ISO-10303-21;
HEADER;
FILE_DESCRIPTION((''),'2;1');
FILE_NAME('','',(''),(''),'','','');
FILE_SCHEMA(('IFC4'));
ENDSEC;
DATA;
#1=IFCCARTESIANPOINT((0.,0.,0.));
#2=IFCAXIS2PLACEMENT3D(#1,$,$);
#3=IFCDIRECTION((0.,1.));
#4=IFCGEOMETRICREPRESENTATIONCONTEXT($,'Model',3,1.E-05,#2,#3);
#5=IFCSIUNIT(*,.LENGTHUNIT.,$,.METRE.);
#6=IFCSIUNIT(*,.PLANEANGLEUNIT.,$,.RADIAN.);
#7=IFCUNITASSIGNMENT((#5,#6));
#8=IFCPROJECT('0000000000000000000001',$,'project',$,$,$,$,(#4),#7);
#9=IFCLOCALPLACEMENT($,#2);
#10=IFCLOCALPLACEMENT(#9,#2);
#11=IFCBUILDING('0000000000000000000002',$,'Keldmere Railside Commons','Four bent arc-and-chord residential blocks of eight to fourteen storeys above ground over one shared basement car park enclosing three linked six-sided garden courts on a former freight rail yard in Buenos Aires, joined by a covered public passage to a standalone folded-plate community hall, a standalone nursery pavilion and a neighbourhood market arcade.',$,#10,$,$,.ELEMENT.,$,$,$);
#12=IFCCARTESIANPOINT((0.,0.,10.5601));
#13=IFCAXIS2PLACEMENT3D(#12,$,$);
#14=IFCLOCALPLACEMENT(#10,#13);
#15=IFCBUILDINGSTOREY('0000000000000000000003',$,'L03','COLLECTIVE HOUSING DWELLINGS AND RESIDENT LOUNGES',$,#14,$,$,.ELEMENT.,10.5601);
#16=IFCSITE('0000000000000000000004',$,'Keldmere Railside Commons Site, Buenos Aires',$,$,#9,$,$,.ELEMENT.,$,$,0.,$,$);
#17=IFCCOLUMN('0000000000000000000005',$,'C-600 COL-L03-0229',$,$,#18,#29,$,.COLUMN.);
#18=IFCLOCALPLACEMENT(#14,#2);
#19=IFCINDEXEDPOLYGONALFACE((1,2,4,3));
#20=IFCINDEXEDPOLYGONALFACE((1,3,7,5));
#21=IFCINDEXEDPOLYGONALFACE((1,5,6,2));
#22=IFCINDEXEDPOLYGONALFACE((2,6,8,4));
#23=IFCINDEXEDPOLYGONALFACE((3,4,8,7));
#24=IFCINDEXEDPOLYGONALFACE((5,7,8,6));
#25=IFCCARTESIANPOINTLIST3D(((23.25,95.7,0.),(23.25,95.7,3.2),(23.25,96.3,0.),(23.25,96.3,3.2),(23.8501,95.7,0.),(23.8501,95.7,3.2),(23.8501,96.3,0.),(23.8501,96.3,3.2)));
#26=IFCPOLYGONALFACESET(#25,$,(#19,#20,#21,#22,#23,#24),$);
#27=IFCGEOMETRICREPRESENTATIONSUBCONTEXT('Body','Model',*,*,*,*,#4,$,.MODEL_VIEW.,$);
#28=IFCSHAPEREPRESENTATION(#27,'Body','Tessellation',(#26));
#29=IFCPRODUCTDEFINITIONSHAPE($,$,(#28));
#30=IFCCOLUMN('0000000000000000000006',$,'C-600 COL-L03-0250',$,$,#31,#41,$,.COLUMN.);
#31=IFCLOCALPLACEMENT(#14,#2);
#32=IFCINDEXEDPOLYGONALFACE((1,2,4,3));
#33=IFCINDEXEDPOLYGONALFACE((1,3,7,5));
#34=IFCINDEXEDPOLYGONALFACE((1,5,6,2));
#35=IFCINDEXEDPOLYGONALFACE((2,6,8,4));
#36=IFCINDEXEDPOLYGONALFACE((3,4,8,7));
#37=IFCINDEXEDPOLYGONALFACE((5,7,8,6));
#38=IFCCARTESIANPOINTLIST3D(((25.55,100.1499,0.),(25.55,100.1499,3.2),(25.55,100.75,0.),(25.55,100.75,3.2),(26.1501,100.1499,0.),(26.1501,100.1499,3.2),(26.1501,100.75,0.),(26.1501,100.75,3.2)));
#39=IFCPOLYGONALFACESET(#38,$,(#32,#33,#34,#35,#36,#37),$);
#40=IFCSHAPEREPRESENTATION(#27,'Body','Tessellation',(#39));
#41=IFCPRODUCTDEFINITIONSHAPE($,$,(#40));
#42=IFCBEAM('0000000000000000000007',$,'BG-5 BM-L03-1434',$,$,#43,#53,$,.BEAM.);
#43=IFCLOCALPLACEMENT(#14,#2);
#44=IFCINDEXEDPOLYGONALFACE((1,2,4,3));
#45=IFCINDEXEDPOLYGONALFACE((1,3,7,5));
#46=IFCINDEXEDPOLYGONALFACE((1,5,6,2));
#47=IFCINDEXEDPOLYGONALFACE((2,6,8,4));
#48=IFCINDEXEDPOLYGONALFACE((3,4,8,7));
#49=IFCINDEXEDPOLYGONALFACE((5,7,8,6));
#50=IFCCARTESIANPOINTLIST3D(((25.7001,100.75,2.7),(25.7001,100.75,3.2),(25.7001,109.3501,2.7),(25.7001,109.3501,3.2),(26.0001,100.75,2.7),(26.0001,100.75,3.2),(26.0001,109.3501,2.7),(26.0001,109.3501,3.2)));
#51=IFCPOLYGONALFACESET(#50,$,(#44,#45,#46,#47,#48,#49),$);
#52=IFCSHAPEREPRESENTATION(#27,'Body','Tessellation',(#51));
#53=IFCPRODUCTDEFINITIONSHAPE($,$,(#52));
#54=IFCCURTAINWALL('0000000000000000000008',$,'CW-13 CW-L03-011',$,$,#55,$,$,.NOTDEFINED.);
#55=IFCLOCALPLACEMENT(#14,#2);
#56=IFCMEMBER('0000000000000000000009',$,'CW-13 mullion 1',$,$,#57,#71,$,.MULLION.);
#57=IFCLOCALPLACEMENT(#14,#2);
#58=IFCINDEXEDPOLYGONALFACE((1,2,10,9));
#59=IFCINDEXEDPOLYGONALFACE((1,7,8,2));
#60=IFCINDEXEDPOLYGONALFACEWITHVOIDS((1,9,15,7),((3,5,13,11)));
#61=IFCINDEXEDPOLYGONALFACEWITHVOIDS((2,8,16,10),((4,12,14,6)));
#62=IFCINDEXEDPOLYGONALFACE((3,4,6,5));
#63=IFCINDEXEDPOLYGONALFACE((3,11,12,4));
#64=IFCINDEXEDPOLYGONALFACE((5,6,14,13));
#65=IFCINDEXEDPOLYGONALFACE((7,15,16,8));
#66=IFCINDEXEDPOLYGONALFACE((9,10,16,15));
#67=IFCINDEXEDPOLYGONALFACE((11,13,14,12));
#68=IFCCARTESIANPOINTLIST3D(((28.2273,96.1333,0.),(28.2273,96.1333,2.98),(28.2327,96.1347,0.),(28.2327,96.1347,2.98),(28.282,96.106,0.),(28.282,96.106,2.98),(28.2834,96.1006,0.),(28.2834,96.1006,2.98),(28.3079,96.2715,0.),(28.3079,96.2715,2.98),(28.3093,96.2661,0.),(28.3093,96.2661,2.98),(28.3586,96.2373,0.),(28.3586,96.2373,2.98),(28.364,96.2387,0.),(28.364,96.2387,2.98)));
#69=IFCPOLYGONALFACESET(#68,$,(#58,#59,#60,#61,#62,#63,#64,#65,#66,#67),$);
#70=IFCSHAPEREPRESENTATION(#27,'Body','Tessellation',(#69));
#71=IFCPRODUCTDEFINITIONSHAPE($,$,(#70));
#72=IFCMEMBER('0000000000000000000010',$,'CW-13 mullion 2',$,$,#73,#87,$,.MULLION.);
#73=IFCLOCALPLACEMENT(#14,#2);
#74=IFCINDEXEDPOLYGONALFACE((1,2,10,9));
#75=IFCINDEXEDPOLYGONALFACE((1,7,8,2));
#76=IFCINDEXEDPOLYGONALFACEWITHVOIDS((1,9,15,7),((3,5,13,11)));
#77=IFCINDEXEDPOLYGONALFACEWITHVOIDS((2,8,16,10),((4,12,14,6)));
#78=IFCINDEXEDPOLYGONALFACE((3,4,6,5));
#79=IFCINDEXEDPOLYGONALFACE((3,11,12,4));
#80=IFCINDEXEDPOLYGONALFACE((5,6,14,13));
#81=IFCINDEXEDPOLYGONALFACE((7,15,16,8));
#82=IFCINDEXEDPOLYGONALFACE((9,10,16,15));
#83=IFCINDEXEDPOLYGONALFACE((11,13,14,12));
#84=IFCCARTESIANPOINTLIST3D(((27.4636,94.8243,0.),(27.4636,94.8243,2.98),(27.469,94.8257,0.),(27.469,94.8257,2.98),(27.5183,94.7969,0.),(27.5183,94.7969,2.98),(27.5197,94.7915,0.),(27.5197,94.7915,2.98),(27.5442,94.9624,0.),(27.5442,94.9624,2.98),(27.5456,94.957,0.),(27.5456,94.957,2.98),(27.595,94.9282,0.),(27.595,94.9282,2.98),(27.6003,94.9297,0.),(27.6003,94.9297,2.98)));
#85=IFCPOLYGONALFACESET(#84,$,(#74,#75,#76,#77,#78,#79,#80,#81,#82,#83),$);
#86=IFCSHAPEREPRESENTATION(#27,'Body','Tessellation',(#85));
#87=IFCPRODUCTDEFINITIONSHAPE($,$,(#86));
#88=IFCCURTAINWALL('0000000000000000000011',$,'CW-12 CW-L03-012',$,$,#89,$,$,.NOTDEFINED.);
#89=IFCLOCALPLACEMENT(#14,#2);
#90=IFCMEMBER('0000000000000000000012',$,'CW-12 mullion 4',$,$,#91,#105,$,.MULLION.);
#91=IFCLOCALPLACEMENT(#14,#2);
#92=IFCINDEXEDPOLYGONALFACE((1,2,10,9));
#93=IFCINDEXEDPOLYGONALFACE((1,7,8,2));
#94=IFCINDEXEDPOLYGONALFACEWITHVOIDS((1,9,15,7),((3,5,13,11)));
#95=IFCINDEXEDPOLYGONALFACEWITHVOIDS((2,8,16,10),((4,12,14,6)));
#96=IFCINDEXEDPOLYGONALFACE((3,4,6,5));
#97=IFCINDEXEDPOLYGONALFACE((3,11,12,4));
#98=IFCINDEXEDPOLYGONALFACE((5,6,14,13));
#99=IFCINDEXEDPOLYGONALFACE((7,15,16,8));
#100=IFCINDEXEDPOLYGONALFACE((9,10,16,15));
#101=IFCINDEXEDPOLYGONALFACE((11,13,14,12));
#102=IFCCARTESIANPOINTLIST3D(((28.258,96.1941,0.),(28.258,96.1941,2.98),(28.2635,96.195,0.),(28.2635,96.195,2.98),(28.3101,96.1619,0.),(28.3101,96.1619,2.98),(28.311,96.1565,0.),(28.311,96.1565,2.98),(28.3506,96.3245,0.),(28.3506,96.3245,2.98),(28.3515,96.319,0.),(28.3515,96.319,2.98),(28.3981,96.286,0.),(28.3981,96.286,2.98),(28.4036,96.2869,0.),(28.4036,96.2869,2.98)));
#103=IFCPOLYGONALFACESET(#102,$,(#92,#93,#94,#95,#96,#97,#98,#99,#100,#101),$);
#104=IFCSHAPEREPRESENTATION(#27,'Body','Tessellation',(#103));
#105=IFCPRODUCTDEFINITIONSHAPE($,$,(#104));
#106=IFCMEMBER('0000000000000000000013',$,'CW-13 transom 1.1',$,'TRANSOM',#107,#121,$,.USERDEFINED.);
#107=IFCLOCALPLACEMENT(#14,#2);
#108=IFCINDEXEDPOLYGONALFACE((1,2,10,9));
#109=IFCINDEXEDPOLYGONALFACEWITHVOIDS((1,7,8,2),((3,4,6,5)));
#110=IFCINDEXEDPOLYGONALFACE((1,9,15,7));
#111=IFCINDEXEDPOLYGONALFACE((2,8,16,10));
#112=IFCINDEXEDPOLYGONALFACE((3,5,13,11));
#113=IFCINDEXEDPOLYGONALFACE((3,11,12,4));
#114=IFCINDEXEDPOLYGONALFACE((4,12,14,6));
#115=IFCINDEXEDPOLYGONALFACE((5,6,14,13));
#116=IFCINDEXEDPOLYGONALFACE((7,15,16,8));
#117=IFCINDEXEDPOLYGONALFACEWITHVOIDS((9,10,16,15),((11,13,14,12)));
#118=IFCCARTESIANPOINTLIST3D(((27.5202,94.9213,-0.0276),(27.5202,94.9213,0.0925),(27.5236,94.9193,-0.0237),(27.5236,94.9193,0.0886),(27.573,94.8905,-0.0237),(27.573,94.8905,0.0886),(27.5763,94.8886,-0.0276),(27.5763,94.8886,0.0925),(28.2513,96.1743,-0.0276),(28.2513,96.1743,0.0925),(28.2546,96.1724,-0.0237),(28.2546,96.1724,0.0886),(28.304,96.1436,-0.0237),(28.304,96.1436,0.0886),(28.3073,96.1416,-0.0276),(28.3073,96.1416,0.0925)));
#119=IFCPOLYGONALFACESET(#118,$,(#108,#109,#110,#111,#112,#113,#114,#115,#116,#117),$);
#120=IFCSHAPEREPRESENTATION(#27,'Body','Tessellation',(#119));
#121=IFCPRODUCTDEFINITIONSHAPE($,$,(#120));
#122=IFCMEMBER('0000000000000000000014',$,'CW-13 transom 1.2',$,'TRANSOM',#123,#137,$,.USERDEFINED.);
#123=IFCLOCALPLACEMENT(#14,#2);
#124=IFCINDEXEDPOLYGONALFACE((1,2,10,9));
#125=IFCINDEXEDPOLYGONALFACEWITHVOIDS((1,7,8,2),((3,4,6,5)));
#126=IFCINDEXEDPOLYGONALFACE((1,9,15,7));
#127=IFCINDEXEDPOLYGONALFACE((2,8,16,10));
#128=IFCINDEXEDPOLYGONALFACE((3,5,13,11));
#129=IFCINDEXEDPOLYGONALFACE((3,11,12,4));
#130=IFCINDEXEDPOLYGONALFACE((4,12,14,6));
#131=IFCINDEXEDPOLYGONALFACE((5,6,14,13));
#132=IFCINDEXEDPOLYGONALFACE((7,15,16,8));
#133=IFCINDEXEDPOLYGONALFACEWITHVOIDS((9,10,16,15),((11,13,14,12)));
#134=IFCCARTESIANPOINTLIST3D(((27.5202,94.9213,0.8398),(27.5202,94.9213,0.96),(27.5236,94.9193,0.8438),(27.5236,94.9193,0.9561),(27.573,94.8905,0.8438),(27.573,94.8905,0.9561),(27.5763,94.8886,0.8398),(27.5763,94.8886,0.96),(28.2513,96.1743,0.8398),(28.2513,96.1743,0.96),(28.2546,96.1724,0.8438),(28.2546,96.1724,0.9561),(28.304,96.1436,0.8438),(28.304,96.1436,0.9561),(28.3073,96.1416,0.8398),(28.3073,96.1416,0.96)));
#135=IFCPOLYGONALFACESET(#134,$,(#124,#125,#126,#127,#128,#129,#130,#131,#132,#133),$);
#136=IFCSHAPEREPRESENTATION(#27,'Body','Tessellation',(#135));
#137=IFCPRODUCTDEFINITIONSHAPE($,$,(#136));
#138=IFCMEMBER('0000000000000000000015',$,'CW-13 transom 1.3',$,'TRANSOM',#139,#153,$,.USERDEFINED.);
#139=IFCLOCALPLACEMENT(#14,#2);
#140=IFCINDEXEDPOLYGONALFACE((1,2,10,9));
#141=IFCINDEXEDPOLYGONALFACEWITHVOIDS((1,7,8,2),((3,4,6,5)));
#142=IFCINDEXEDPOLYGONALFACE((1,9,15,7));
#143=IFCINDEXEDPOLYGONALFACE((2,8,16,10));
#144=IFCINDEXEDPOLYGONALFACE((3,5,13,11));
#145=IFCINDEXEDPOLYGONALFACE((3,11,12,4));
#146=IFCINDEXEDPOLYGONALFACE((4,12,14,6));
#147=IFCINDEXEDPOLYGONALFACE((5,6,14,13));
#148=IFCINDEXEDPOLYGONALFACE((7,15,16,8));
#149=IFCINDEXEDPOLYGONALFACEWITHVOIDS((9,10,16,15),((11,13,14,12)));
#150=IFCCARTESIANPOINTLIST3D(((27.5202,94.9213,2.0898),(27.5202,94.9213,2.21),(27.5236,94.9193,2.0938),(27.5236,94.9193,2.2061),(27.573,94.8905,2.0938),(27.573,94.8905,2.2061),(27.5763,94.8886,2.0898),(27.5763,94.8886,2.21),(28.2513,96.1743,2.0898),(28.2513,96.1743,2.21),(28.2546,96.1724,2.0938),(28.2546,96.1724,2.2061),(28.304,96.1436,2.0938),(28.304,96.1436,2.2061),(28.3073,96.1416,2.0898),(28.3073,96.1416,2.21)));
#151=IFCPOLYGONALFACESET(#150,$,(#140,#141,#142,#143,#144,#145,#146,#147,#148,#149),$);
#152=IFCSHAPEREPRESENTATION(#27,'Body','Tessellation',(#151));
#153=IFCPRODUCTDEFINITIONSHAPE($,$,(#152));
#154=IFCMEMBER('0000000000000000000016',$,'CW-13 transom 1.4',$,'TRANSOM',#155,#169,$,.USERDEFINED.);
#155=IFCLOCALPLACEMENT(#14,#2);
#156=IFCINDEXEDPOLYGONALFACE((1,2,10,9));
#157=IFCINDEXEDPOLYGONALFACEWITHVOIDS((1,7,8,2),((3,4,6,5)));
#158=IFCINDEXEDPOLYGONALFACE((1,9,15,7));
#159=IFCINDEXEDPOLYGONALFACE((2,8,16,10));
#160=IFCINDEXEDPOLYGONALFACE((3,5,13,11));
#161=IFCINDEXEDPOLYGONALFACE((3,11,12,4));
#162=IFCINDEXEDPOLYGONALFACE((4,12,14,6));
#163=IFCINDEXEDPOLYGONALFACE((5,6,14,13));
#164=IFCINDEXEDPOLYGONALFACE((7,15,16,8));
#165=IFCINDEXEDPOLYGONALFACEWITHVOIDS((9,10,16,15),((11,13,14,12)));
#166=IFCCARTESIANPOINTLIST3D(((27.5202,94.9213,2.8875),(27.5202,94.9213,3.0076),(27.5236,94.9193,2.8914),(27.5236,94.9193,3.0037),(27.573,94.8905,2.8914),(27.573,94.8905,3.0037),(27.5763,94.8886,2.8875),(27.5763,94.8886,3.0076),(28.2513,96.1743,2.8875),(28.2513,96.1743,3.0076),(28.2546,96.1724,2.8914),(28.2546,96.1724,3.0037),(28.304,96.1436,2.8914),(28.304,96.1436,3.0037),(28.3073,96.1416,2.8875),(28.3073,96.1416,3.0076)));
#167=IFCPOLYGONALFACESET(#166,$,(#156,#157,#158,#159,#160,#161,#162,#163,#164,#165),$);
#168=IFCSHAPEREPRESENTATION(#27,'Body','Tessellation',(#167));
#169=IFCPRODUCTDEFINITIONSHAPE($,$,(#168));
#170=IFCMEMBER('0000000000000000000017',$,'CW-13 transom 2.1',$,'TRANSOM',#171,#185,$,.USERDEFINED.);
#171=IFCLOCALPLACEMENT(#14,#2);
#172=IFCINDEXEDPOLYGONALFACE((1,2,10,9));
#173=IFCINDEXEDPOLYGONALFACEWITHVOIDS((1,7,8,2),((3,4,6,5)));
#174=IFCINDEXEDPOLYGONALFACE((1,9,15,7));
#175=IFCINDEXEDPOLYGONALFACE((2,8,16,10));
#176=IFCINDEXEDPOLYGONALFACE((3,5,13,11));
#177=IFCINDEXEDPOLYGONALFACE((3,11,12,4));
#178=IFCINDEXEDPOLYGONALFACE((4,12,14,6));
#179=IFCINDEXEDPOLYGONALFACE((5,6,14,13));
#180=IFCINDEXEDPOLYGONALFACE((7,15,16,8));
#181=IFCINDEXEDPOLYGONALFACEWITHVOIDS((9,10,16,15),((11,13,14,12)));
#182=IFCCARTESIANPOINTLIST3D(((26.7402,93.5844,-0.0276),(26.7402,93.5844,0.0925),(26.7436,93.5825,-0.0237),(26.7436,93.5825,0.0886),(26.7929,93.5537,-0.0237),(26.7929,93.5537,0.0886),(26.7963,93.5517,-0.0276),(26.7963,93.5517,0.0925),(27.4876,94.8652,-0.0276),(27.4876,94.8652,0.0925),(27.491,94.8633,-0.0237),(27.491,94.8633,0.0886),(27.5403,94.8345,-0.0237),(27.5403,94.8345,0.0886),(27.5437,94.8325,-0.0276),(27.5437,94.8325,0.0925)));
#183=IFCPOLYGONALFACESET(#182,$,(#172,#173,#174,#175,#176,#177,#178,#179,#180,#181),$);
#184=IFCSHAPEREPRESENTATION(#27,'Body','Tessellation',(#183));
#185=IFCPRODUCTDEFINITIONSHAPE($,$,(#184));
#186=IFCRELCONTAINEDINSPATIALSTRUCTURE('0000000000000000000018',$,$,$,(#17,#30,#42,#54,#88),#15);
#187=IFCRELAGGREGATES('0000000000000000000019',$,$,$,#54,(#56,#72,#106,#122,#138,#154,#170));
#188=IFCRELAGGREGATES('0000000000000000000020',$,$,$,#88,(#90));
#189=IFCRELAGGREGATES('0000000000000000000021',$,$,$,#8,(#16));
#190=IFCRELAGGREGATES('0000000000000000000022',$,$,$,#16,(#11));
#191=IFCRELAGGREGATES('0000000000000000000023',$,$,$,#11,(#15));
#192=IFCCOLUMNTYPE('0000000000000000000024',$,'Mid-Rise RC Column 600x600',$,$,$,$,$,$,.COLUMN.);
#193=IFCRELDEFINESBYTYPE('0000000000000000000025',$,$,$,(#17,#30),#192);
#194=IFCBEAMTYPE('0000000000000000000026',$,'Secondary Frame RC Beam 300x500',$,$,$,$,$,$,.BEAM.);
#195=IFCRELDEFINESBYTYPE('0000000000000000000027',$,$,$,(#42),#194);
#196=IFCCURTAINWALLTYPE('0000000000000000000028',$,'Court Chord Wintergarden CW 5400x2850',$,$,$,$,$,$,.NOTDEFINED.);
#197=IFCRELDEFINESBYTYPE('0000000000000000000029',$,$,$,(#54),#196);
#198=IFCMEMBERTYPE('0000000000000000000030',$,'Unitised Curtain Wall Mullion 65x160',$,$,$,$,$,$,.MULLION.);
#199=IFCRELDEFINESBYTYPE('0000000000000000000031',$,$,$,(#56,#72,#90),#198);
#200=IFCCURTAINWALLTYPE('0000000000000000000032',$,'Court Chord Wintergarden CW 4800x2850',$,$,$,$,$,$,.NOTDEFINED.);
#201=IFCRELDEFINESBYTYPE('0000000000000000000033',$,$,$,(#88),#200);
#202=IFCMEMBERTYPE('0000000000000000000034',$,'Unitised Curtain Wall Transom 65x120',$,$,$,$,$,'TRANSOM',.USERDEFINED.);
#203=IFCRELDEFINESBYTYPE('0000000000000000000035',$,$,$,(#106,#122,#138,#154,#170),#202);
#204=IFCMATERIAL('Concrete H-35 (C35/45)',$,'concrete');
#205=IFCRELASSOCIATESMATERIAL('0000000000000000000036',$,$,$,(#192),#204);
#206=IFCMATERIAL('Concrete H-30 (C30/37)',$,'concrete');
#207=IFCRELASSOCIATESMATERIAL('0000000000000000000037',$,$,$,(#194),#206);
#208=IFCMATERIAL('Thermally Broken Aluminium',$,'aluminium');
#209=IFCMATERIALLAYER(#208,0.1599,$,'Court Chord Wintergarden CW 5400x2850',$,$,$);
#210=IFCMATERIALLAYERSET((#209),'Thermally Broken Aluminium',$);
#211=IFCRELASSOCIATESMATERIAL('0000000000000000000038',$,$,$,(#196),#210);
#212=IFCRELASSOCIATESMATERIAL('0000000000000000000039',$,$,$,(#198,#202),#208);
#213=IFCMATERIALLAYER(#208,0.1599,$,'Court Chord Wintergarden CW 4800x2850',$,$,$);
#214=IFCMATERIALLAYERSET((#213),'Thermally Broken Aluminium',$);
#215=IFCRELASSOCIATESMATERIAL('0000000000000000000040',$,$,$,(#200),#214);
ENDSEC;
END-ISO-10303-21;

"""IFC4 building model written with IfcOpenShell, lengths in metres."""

from ifc_helpers import new_model, si_unit, direction, frame, origin, origin_2d, place, context, subcontext, project, spatial, rectangle, hollow_rectangle, extrude, material, layer, layer_set, material_profile, profile_set, type_object, element, aggregate, save


model = new_model("IFC4")

# Units and contexts
model_context = context("Model", 3, precision=1e-05, world=origin(), true_north=direction((0.0, 1.0)))
body_context = subcontext(model_context, "Body", "Model", "MODEL_VIEW")
ifc_project = project(units=[si_unit("LENGTHUNIT", "METRE"), si_unit("PLANEANGLEUNIT", "RADIAN")], contexts=[model_context])

# Site, building, storey
site_placement = place(None, origin())
site = spatial("IfcSite", under=ifc_project, at=site_placement, Name="Keldmere Railside Commons Site, Buenos Aires", CompositionType="ELEMENT", RefElevation=0.0)
building_placement = place(site_placement, origin())
building = spatial("IfcBuilding", under=site, at=building_placement, Name="Keldmere Railside Commons", Description="Four bent arc-and-chord residential blocks of eight to fourteen storeys above ground over one shared basement car park enclosing three linked six-sided garden courts on a former freight rail yard in Buenos Aires, joined by a covered public passage to a standalone folded-plate community hall, a standalone nursery pavilion and a neighbourhood market arcade.", CompositionType="ELEMENT")
storey_placement = place(building_placement, frame((0.0, 0.0, 10.5601)))
storey = spatial("IfcBuildingStorey", under=building, at=storey_placement, Name="L03", Description="COLLECTIVE HOUSING DWELLINGS AND RESIDENT LOUNGES", CompositionType="ELEMENT", Elevation=10.5601)

# Columns
ifc_material_1 = material(Name="Concrete H-35 (C35/45)", Category="concrete")
ifc_material_profile_1 = material_profile(ifc_material_1, rectangle(XDim=0.6001, YDim=0.6001, at=origin_2d()), Name="RC-600x600")
ifc_profile_set_1 = profile_set([ifc_material_profile_1], Name="Concrete H-35 (C35/45)")
column_type = type_object("IfcColumnType", Name="Mid-Rise RC Column 600x600", PredefinedType="COLUMN", material=ifc_profile_set_1)
for number, where, z_axis, x_axis, name in (
    (1, (23.55, 96.0, 0.0), (0.0, 0.0, 1.0), (1.0, 0.0, 0.0), "C-600 COL-L03-0229"),
    (2, (25.8501, 100.45, 0.0), (0.0, 0.0, 1.0), (1.0, 0.0, 0.0), "C-600 COL-L03-0250"),
):
    element("IfcColumn", number, at=place(storey_placement, frame(where, z_axis=z_axis, x_axis=x_axis)), inside=storey, type_object=column_type, Name=name, PredefinedType="COLUMN", context=body_context, shape_type="SweptSolid", body=[
        extrude(rectangle(XDim=0.6001, YDim=0.6001, at=origin_2d()), origin(), (0.0, 0.0, 1.0), 3.2),
    ])

# Beam
ifc_material_2 = material(Name="Concrete H-30 (C30/37)", Category="concrete")
ifc_material_profile_2 = material_profile(ifc_material_2, rectangle(XDim=0.3, YDim=0.5, at=origin_2d()), Name="RC-300x500")
ifc_profile_set_2 = profile_set([ifc_material_profile_2], Name="Concrete H-30 (C30/37)")
beam_type = type_object("IfcBeamType", Name="Secondary Frame RC Beam 300x500", PredefinedType="BEAM", material=ifc_profile_set_2)
beam_placement = place(storey_placement, frame((25.8501, 100.75, 2.95), z_axis=(0.0, 1.0, 0.0), x_axis=(-1.0, 0.0, 0.0)))
element("IfcBeam", 3, at=beam_placement, inside=storey, type_object=beam_type, Name="BG-5 BM-L03-1434", PredefinedType="BEAM", context=body_context, shape_type="SweptSolid", body=[
    extrude(rectangle(XDim=0.3, YDim=0.5, at=origin_2d()), origin(), (0.0, 0.0, 1.0), 8.6001),
])

# Curtain wall, members
ifc_material_3 = material(Name="Thermally Broken Aluminium", Category="aluminium")
ifc_layer_1 = layer(ifc_material_3, 0.1599, Name="Court Chord Wintergarden CW 5400x2850")
ifc_layer_set_1 = layer_set([ifc_layer_1], Name="Thermally Broken Aluminium")
curtain_wall_type_1 = type_object("IfcCurtainWallType", Name="Court Chord Wintergarden CW 5400x2850", PredefinedType="NOTDEFINED", material=ifc_layer_set_1)
curtain_wall_1_placement = place(storey_placement, origin())
curtain_wall_1 = element("IfcCurtainWall", 4, at=curtain_wall_1_placement, inside=storey, type_object=curtain_wall_type_1, Name="CW-13 CW-L03-011", PredefinedType="NOTDEFINED")
ifc_material_profile_3 = material_profile(ifc_material_3, hollow_rectangle(XDim=0.0649, YDim=0.1599, WallThickness=0.0039, at=origin_2d()), Name="ALU-MULL-65x160")
ifc_profile_set_3 = profile_set([ifc_material_profile_3], Name="Thermally Broken Aluminium")
member_type_1 = type_object("IfcMemberType", Name="Unitised Curtain Wall Mullion 65x160", PredefinedType="MULLION", material=ifc_profile_set_3)
member_1_placement = place(storey_placement, frame((28.2957, 96.186, 0.0), z_axis=(0.0, 0.0, 1.0), x_axis=(0.863755, -0.503911, 0.0)))
member_1 = element("IfcMember", 5, at=member_1_placement, type_object=member_type_1, Name="CW-13 mullion 1", PredefinedType="MULLION", context=body_context, shape_type="SweptSolid", body=[
    extrude(hollow_rectangle(XDim=0.0649, YDim=0.1599, WallThickness=0.0039, at=origin_2d()), origin(), (0.0, 0.0, 1.0), 2.98),
])
member_2_placement = place(storey_placement, frame((27.532, 94.877, 0.0), z_axis=(0.0, 0.0, 1.0), x_axis=(0.863755, -0.503911, 0.0)))
member_2 = element("IfcMember", 6, at=member_2_placement, type_object=member_type_1, Name="CW-13 mullion 2", PredefinedType="MULLION", context=body_context, shape_type="SweptSolid", body=[
    extrude(hollow_rectangle(XDim=0.0649, YDim=0.1599, WallThickness=0.0039, at=origin_2d()), origin(), (0.0, 0.0, 1.0), 2.98),
])

# Curtain wall, member
ifc_layer_2 = layer(ifc_material_3, 0.1599, Name="Court Chord Wintergarden CW 4800x2850")
ifc_layer_set_2 = layer_set([ifc_layer_2], Name="Thermally Broken Aluminium")
curtain_wall_type_2 = type_object("IfcCurtainWallType", Name="Court Chord Wintergarden CW 4800x2850", PredefinedType="NOTDEFINED", material=ifc_layer_set_2)
curtain_wall_2_placement = place(storey_placement, origin())
curtain_wall_2 = element("IfcCurtainWall", 7, at=curtain_wall_2_placement, inside=storey, type_object=curtain_wall_type_2, Name="CW-12 CW-L03-012", PredefinedType="NOTDEFINED")
member_3_placement = place(storey_placement, frame((28.3308, 96.2405, 0.0), z_axis=(0.0, 0.0, 1.0), x_axis=(0.815389, -0.578913, 0.0)))
member_3 = element("IfcMember", 8, at=member_3_placement, type_object=member_type_1, Name="CW-12 mullion 4", PredefinedType="MULLION", context=body_context, shape_type="SweptSolid", body=[
    extrude(hollow_rectangle(XDim=0.0649, YDim=0.1599, WallThickness=0.0039, at=origin_2d()), origin(), (0.0, 0.0, 1.0), 2.98),
])

# Members
ifc_material_profile_4 = material_profile(ifc_material_3, hollow_rectangle(XDim=0.0649, YDim=0.1201, WallThickness=0.0039, at=origin_2d()), Name="ALU-TRAN-65x120")
ifc_profile_set_4 = profile_set([ifc_material_profile_4], Name="Thermally Broken Aluminium")
member_type_2 = type_object("IfcMemberType", Name="Unitised Curtain Wall Transom 65x120", ElementType="TRANSOM", PredefinedType="USERDEFINED", material=ifc_profile_set_4)
member_4_placement = place(storey_placement, frame((28.2793, 96.158, 0.0325), z_axis=(-0.503913, -0.863754, 0.0), x_axis=(0.863754, -0.503913, 0.0)))
member_4 = element("IfcMember", 9, at=member_4_placement, type_object=member_type_2, Name="CW-13 transom 1.1", ObjectType="TRANSOM", PredefinedType="USERDEFINED", context=body_context, shape_type="SweptSolid", body=[
    extrude(hollow_rectangle(XDim=0.0649, YDim=0.1201, WallThickness=0.0039, at=origin_2d()), origin(), (0.0, 0.0, 1.0), 1.4507),
])
member_5_placement = place(storey_placement, frame((28.2793, 96.158, 0.8999), z_axis=(-0.503913, -0.863754, 0.0), x_axis=(0.863754, -0.503913, 0.0)))
member_5 = element("IfcMember", 10, at=member_5_placement, type_object=member_type_2, Name="CW-13 transom 1.2", ObjectType="TRANSOM", PredefinedType="USERDEFINED", context=body_context, shape_type="SweptSolid", body=[
    extrude(hollow_rectangle(XDim=0.0649, YDim=0.1201, WallThickness=0.0039, at=origin_2d()), origin(), (0.0, 0.0, 1.0), 1.4507),
])
member_6_placement = place(storey_placement, frame((28.2793, 96.158, 2.1499), z_axis=(-0.503913, -0.863754, 0.0), x_axis=(0.863754, -0.503913, 0.0)))
member_6 = element("IfcMember", 11, at=member_6_placement, type_object=member_type_2, Name="CW-13 transom 1.3", ObjectType="TRANSOM", PredefinedType="USERDEFINED", context=body_context, shape_type="SweptSolid", body=[
    extrude(hollow_rectangle(XDim=0.0649, YDim=0.1201, WallThickness=0.0039, at=origin_2d()), origin(), (0.0, 0.0, 1.0), 1.4507),
])
member_7_placement = place(storey_placement, frame((28.2793, 96.158, 2.9475), z_axis=(-0.503913, -0.863754, 0.0), x_axis=(0.863754, -0.503913, 0.0)))
member_7 = element("IfcMember", 12, at=member_7_placement, type_object=member_type_2, Name="CW-13 transom 1.4", ObjectType="TRANSOM", PredefinedType="USERDEFINED", context=body_context, shape_type="SweptSolid", body=[
    extrude(hollow_rectangle(XDim=0.0649, YDim=0.1201, WallThickness=0.0039, at=origin_2d()), origin(), (0.0, 0.0, 1.0), 1.4507),
])
member_8_placement = place(storey_placement, frame((27.5156, 94.8489, 0.0325), z_axis=(-0.503973, -0.863719, 0.0), x_axis=(0.863719, -0.503973, 0.0)))
member_8 = element("IfcMember", 13, at=member_8_placement, type_object=member_type_2, Name="CW-13 transom 2.1", ObjectType="TRANSOM", PredefinedType="USERDEFINED", context=body_context, shape_type="SweptSolid", body=[
    extrude(hollow_rectangle(XDim=0.0649, YDim=0.1201, WallThickness=0.0039, at=origin_2d()), origin(), (0.0, 0.0, 1.0), 1.4829),
])

aggregate(curtain_wall_1, [member_1, member_2, member_4, member_5, member_6, member_7, member_8])
aggregate(curtain_wall_2, [member_3])

save(model, "model.ifc")
